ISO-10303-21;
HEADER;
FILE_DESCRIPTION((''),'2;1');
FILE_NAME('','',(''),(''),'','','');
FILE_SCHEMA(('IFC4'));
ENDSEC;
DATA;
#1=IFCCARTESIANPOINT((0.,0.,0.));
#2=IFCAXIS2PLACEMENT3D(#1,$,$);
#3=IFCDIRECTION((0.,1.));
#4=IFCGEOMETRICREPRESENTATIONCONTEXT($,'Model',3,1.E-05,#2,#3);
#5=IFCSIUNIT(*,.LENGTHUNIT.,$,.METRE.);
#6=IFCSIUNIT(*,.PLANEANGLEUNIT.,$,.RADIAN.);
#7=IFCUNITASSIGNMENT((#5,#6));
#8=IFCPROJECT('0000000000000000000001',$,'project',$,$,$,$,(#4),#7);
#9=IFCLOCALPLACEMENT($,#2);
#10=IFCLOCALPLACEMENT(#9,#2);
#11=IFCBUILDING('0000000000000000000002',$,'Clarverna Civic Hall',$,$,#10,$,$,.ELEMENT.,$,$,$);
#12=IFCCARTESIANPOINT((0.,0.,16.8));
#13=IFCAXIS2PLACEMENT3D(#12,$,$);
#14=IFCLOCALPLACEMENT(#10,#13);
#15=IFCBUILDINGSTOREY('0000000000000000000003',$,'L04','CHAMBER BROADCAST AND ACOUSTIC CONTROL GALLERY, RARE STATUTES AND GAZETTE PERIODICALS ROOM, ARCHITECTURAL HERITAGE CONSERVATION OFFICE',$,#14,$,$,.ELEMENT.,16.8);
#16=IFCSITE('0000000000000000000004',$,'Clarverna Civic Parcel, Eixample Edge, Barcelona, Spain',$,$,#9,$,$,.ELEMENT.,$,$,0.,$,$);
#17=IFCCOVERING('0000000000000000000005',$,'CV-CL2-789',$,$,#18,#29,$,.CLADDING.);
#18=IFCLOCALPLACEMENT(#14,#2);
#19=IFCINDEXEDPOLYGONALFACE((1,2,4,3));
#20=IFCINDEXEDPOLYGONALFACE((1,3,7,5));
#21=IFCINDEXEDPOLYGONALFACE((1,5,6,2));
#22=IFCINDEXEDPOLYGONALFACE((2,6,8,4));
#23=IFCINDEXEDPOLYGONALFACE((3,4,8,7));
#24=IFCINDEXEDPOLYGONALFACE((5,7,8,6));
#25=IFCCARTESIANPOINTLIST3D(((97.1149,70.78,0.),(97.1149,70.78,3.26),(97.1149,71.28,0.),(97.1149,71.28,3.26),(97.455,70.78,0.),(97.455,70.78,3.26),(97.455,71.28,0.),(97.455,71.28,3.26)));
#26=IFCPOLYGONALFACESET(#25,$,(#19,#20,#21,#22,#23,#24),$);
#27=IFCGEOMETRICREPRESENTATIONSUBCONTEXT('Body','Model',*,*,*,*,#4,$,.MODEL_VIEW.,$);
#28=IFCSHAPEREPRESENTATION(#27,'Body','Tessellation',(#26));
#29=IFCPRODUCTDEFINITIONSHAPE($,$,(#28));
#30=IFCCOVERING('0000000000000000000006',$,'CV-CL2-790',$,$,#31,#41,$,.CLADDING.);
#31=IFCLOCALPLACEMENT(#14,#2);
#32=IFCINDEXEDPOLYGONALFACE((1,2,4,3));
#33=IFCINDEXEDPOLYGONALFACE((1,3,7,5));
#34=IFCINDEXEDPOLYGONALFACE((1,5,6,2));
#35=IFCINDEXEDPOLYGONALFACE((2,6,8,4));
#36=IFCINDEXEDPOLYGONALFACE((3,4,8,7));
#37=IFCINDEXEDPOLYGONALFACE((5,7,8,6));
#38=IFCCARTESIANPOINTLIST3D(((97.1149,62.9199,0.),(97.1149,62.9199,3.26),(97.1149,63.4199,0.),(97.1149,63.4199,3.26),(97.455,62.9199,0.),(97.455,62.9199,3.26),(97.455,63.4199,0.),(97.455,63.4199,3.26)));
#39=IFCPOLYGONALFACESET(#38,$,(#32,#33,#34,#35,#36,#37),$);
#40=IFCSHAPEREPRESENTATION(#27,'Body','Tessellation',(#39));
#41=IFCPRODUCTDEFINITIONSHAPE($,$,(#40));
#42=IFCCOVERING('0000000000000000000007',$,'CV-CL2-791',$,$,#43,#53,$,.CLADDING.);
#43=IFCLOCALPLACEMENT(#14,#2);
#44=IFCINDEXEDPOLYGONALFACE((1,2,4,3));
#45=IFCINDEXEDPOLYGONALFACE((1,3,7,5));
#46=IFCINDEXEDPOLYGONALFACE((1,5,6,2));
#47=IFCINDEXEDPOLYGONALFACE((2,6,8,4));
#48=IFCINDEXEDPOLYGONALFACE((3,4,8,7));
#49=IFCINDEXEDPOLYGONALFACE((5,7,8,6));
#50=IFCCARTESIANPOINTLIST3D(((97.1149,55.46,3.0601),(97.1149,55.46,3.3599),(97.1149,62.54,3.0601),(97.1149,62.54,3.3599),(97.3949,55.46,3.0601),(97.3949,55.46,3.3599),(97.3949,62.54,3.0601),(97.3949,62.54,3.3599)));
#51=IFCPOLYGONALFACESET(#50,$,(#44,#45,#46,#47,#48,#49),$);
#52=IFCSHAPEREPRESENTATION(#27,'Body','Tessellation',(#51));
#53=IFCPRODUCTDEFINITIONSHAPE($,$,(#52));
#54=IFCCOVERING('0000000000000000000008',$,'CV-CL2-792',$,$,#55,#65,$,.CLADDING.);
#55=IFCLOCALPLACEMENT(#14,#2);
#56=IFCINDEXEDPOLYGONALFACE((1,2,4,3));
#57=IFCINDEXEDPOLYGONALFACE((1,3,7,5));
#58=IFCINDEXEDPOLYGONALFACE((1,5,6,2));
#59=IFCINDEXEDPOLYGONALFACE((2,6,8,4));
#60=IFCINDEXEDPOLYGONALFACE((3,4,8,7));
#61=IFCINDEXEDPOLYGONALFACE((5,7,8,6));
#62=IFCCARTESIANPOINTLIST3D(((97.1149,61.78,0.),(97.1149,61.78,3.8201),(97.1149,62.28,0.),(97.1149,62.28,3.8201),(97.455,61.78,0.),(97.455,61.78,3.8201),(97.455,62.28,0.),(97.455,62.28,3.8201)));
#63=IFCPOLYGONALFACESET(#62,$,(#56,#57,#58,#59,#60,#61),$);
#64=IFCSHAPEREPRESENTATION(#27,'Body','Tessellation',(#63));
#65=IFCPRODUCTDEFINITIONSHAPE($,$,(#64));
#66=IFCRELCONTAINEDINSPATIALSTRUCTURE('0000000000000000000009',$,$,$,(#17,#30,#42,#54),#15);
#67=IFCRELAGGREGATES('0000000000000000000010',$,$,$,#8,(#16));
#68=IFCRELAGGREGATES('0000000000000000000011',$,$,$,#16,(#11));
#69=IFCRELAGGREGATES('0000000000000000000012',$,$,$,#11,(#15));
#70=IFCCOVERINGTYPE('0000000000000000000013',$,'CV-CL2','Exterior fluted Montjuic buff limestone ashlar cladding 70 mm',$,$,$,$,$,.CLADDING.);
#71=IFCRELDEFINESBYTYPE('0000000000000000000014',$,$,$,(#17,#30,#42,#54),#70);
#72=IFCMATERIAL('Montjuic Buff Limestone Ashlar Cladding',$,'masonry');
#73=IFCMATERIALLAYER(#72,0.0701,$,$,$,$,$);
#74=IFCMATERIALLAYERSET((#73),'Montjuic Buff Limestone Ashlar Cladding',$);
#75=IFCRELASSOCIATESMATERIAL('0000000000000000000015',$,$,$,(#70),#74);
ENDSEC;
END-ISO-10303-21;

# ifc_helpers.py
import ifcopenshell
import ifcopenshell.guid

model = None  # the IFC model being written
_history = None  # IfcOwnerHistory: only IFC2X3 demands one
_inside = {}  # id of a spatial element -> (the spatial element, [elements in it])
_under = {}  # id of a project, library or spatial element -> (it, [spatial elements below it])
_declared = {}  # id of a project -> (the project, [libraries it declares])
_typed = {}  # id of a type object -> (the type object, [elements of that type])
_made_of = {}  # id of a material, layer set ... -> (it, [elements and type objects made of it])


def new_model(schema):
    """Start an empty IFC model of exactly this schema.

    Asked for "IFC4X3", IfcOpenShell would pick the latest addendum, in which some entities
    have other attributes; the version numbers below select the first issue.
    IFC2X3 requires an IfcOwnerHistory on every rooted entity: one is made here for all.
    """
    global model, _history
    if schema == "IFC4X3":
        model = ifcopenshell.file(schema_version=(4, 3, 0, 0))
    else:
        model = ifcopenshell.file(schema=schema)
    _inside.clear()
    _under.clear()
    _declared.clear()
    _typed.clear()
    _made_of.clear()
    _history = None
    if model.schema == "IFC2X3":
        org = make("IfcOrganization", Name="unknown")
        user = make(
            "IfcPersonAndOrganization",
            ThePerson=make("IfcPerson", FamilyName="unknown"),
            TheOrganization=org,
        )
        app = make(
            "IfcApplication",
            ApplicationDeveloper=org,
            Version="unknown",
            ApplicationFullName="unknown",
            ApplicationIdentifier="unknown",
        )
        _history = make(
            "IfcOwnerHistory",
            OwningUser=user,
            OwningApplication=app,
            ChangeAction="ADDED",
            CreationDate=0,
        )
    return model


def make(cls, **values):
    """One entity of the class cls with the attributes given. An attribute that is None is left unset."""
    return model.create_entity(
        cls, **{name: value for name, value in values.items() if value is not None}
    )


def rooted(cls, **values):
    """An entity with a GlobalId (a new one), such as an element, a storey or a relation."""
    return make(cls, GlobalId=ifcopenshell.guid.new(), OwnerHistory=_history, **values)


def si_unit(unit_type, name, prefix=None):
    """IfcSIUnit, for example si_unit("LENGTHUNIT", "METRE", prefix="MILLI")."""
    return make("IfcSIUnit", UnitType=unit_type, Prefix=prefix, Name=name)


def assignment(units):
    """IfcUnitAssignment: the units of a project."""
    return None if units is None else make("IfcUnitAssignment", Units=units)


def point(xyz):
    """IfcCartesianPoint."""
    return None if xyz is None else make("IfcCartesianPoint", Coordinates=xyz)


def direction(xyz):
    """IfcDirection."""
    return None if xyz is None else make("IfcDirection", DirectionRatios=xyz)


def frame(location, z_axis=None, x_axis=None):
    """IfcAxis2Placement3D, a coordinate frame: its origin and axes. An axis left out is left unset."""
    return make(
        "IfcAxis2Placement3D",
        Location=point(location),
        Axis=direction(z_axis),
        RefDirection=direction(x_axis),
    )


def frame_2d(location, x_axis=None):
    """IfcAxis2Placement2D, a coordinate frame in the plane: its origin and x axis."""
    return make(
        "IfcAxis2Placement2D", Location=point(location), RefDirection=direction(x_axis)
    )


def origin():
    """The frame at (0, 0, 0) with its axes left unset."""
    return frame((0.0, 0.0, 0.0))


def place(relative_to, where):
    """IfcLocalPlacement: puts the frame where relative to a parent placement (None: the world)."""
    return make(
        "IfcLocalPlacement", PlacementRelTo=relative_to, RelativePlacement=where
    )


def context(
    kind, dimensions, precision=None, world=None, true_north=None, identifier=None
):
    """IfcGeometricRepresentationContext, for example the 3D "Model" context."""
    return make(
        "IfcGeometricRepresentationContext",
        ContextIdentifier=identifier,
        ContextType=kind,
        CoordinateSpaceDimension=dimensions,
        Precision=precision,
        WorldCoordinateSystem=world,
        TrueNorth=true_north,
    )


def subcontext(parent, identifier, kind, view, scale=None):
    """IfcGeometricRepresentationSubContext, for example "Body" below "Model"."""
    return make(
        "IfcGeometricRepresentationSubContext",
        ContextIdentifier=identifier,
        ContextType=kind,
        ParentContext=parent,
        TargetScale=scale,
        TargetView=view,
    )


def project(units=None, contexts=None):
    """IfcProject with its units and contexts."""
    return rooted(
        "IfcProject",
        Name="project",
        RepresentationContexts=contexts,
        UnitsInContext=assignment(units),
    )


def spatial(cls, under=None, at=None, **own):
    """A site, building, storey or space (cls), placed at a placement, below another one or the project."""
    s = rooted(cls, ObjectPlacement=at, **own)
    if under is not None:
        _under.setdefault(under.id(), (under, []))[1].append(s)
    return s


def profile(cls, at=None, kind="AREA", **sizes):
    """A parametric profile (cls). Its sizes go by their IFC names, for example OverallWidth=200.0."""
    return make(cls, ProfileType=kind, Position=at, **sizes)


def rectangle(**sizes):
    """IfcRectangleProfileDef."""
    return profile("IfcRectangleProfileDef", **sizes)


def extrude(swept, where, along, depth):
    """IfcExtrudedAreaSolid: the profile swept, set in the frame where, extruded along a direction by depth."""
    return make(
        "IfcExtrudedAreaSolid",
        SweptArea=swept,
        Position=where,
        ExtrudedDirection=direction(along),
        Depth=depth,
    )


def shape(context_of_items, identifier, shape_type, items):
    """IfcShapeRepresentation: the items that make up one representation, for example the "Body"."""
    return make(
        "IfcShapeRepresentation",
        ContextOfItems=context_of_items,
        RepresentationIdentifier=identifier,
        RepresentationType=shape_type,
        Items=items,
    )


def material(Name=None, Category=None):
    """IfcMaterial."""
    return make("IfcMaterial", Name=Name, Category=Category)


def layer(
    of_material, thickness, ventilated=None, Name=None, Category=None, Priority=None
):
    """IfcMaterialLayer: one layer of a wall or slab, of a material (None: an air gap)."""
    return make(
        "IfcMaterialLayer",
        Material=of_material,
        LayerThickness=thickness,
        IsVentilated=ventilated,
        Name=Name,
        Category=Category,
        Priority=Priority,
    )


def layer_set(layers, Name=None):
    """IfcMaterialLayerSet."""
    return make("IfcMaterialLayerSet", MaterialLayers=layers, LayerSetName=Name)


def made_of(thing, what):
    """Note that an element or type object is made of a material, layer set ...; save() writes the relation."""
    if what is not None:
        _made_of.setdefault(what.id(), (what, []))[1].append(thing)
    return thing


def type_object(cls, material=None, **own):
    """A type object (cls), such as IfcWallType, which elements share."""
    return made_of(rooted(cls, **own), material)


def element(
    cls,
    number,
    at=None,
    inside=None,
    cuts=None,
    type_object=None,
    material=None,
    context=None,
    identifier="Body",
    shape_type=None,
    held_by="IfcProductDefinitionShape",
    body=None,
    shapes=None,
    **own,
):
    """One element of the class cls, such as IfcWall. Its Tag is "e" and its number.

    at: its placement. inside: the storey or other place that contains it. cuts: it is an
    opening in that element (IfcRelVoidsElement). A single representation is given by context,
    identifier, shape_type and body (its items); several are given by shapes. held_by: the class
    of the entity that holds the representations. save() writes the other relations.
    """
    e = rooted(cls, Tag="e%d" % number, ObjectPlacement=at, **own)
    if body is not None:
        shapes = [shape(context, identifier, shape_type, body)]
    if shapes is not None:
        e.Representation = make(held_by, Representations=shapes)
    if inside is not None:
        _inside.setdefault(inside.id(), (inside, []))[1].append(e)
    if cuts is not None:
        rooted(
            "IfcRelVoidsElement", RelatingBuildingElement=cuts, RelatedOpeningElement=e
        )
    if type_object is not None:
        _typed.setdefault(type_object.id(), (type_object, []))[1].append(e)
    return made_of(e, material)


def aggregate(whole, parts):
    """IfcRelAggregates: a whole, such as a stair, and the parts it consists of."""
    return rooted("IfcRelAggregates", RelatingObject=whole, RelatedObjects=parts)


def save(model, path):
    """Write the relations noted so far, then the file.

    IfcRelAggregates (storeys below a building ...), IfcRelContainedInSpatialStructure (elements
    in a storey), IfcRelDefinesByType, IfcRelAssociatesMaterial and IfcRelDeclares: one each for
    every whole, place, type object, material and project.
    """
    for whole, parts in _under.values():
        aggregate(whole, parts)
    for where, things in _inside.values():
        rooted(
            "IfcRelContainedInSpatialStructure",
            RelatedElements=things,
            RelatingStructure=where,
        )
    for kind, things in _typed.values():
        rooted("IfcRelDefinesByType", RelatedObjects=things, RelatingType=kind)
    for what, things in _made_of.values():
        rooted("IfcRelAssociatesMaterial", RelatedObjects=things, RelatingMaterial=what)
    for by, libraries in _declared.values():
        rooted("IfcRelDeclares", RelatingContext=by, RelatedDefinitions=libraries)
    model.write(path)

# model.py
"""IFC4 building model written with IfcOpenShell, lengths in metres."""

from ifc_helpers import new_model, si_unit, direction, frame, frame_2d, origin, place, context, subcontext, project, spatial, rectangle, extrude, material, layer, layer_set, type_object, element, save


model = new_model("IFC4")

# Units and contexts
model_context = context("Model", 3, precision=1e-05, world=origin(), true_north=direction((0.0, 1.0)))
body_context = subcontext(model_context, "Body", "Model", "MODEL_VIEW")
ifc_project = project(units=[si_unit("LENGTHUNIT", "METRE"), si_unit("PLANEANGLEUNIT", "RADIAN")], contexts=[model_context])

# Site, building, storey
site_placement = place(None, origin())
site = spatial("IfcSite", under=ifc_project, at=site_placement, Name="Clarverna Civic Parcel, Eixample Edge, Barcelona, Spain", CompositionType="ELEMENT", RefElevation=0.0)
building_placement = place(site_placement, origin())
building = spatial("IfcBuilding", under=site, at=building_placement, Name="Clarverna Civic Hall", CompositionType="ELEMENT")
storey_placement = place(building_placement, frame((0.0, 0.0, 16.8)))
storey = spatial("IfcBuildingStorey", under=building, at=storey_placement, Name="L04", Description="CHAMBER BROADCAST AND ACOUSTIC CONTROL GALLERY, RARE STATUTES AND GAZETTE PERIODICALS ROOM, ARCHITECTURAL HERITAGE CONSERVATION OFFICE", CompositionType="ELEMENT", Elevation=16.8)

# Coverings
ifc_material_1 = material(Name="Montjuic Buff Limestone Ashlar Cladding", Category="masonry")
ifc_layer_1 = layer(ifc_material_1, 0.0701)
ifc_layer_set_1 = layer_set([ifc_layer_1], Name="Montjuic Buff Limestone Ashlar Cladding")
covering_type = type_object("IfcCoveringType", Name="CV-CL2", Description="Exterior fluted Montjuic buff limestone ashlar cladding 70 mm", PredefinedType="CLADDING", material=ifc_layer_set_1)
for number, where, z_axis, x_axis, name in (
    (1, (97.2849, 71.28, 0.0), (0.0, 0.0, 1.0), (0.0, -1.0, 0.0), "CV-CL2-789"),
    (2, (97.2849, 63.4199, 0.0), (0.0, 0.0, 1.0), (0.0, -1.0, 0.0), "CV-CL2-790"),
):
    element("IfcCovering", number, at=place(storey_placement, frame(where, z_axis=z_axis, x_axis=x_axis)), inside=storey, type_object=covering_type, Name=name, PredefinedType="CLADDING", context=body_context, shape_type="SweptSolid", body=[
        extrude(rectangle(XDim=0.5, YDim=0.3401, at=frame_2d((0.25, 0.0))), origin(), (0.0, 0.0, 1.0), 3.26),
    ])
covering_1_placement = place(storey_placement, frame((97.2549, 62.54, 3.0601), z_axis=(0.0, 0.0, 1.0), x_axis=(0.0, -1.0, 0.0)))
element("IfcCovering", 3, at=covering_1_placement, inside=storey, type_object=covering_type, Name="CV-CL2-791", PredefinedType="CLADDING", context=body_context, shape_type="SweptSolid", body=[
    extrude(rectangle(XDim=7.0801, YDim=0.28, at=frame_2d((3.54, 0.0))), origin(), (0.0, 0.0, 1.0), 0.2998),
])
covering_2_placement = place(storey_placement, frame((97.2849, 62.28, 0.0), z_axis=(0.0, 0.0, 1.0), x_axis=(0.0, -1.0, 0.0)))
element("IfcCovering", 4, at=covering_2_placement, inside=storey, type_object=covering_type, Name="CV-CL2-792", PredefinedType="CLADDING", context=body_context, shape_type="SweptSolid", body=[
    extrude(rectangle(XDim=0.5, YDim=0.3401, at=frame_2d((0.25, 0.0))), origin(), (0.0, 0.0, 1.0), 3.8201),
])

save(model, "model.ifc")
